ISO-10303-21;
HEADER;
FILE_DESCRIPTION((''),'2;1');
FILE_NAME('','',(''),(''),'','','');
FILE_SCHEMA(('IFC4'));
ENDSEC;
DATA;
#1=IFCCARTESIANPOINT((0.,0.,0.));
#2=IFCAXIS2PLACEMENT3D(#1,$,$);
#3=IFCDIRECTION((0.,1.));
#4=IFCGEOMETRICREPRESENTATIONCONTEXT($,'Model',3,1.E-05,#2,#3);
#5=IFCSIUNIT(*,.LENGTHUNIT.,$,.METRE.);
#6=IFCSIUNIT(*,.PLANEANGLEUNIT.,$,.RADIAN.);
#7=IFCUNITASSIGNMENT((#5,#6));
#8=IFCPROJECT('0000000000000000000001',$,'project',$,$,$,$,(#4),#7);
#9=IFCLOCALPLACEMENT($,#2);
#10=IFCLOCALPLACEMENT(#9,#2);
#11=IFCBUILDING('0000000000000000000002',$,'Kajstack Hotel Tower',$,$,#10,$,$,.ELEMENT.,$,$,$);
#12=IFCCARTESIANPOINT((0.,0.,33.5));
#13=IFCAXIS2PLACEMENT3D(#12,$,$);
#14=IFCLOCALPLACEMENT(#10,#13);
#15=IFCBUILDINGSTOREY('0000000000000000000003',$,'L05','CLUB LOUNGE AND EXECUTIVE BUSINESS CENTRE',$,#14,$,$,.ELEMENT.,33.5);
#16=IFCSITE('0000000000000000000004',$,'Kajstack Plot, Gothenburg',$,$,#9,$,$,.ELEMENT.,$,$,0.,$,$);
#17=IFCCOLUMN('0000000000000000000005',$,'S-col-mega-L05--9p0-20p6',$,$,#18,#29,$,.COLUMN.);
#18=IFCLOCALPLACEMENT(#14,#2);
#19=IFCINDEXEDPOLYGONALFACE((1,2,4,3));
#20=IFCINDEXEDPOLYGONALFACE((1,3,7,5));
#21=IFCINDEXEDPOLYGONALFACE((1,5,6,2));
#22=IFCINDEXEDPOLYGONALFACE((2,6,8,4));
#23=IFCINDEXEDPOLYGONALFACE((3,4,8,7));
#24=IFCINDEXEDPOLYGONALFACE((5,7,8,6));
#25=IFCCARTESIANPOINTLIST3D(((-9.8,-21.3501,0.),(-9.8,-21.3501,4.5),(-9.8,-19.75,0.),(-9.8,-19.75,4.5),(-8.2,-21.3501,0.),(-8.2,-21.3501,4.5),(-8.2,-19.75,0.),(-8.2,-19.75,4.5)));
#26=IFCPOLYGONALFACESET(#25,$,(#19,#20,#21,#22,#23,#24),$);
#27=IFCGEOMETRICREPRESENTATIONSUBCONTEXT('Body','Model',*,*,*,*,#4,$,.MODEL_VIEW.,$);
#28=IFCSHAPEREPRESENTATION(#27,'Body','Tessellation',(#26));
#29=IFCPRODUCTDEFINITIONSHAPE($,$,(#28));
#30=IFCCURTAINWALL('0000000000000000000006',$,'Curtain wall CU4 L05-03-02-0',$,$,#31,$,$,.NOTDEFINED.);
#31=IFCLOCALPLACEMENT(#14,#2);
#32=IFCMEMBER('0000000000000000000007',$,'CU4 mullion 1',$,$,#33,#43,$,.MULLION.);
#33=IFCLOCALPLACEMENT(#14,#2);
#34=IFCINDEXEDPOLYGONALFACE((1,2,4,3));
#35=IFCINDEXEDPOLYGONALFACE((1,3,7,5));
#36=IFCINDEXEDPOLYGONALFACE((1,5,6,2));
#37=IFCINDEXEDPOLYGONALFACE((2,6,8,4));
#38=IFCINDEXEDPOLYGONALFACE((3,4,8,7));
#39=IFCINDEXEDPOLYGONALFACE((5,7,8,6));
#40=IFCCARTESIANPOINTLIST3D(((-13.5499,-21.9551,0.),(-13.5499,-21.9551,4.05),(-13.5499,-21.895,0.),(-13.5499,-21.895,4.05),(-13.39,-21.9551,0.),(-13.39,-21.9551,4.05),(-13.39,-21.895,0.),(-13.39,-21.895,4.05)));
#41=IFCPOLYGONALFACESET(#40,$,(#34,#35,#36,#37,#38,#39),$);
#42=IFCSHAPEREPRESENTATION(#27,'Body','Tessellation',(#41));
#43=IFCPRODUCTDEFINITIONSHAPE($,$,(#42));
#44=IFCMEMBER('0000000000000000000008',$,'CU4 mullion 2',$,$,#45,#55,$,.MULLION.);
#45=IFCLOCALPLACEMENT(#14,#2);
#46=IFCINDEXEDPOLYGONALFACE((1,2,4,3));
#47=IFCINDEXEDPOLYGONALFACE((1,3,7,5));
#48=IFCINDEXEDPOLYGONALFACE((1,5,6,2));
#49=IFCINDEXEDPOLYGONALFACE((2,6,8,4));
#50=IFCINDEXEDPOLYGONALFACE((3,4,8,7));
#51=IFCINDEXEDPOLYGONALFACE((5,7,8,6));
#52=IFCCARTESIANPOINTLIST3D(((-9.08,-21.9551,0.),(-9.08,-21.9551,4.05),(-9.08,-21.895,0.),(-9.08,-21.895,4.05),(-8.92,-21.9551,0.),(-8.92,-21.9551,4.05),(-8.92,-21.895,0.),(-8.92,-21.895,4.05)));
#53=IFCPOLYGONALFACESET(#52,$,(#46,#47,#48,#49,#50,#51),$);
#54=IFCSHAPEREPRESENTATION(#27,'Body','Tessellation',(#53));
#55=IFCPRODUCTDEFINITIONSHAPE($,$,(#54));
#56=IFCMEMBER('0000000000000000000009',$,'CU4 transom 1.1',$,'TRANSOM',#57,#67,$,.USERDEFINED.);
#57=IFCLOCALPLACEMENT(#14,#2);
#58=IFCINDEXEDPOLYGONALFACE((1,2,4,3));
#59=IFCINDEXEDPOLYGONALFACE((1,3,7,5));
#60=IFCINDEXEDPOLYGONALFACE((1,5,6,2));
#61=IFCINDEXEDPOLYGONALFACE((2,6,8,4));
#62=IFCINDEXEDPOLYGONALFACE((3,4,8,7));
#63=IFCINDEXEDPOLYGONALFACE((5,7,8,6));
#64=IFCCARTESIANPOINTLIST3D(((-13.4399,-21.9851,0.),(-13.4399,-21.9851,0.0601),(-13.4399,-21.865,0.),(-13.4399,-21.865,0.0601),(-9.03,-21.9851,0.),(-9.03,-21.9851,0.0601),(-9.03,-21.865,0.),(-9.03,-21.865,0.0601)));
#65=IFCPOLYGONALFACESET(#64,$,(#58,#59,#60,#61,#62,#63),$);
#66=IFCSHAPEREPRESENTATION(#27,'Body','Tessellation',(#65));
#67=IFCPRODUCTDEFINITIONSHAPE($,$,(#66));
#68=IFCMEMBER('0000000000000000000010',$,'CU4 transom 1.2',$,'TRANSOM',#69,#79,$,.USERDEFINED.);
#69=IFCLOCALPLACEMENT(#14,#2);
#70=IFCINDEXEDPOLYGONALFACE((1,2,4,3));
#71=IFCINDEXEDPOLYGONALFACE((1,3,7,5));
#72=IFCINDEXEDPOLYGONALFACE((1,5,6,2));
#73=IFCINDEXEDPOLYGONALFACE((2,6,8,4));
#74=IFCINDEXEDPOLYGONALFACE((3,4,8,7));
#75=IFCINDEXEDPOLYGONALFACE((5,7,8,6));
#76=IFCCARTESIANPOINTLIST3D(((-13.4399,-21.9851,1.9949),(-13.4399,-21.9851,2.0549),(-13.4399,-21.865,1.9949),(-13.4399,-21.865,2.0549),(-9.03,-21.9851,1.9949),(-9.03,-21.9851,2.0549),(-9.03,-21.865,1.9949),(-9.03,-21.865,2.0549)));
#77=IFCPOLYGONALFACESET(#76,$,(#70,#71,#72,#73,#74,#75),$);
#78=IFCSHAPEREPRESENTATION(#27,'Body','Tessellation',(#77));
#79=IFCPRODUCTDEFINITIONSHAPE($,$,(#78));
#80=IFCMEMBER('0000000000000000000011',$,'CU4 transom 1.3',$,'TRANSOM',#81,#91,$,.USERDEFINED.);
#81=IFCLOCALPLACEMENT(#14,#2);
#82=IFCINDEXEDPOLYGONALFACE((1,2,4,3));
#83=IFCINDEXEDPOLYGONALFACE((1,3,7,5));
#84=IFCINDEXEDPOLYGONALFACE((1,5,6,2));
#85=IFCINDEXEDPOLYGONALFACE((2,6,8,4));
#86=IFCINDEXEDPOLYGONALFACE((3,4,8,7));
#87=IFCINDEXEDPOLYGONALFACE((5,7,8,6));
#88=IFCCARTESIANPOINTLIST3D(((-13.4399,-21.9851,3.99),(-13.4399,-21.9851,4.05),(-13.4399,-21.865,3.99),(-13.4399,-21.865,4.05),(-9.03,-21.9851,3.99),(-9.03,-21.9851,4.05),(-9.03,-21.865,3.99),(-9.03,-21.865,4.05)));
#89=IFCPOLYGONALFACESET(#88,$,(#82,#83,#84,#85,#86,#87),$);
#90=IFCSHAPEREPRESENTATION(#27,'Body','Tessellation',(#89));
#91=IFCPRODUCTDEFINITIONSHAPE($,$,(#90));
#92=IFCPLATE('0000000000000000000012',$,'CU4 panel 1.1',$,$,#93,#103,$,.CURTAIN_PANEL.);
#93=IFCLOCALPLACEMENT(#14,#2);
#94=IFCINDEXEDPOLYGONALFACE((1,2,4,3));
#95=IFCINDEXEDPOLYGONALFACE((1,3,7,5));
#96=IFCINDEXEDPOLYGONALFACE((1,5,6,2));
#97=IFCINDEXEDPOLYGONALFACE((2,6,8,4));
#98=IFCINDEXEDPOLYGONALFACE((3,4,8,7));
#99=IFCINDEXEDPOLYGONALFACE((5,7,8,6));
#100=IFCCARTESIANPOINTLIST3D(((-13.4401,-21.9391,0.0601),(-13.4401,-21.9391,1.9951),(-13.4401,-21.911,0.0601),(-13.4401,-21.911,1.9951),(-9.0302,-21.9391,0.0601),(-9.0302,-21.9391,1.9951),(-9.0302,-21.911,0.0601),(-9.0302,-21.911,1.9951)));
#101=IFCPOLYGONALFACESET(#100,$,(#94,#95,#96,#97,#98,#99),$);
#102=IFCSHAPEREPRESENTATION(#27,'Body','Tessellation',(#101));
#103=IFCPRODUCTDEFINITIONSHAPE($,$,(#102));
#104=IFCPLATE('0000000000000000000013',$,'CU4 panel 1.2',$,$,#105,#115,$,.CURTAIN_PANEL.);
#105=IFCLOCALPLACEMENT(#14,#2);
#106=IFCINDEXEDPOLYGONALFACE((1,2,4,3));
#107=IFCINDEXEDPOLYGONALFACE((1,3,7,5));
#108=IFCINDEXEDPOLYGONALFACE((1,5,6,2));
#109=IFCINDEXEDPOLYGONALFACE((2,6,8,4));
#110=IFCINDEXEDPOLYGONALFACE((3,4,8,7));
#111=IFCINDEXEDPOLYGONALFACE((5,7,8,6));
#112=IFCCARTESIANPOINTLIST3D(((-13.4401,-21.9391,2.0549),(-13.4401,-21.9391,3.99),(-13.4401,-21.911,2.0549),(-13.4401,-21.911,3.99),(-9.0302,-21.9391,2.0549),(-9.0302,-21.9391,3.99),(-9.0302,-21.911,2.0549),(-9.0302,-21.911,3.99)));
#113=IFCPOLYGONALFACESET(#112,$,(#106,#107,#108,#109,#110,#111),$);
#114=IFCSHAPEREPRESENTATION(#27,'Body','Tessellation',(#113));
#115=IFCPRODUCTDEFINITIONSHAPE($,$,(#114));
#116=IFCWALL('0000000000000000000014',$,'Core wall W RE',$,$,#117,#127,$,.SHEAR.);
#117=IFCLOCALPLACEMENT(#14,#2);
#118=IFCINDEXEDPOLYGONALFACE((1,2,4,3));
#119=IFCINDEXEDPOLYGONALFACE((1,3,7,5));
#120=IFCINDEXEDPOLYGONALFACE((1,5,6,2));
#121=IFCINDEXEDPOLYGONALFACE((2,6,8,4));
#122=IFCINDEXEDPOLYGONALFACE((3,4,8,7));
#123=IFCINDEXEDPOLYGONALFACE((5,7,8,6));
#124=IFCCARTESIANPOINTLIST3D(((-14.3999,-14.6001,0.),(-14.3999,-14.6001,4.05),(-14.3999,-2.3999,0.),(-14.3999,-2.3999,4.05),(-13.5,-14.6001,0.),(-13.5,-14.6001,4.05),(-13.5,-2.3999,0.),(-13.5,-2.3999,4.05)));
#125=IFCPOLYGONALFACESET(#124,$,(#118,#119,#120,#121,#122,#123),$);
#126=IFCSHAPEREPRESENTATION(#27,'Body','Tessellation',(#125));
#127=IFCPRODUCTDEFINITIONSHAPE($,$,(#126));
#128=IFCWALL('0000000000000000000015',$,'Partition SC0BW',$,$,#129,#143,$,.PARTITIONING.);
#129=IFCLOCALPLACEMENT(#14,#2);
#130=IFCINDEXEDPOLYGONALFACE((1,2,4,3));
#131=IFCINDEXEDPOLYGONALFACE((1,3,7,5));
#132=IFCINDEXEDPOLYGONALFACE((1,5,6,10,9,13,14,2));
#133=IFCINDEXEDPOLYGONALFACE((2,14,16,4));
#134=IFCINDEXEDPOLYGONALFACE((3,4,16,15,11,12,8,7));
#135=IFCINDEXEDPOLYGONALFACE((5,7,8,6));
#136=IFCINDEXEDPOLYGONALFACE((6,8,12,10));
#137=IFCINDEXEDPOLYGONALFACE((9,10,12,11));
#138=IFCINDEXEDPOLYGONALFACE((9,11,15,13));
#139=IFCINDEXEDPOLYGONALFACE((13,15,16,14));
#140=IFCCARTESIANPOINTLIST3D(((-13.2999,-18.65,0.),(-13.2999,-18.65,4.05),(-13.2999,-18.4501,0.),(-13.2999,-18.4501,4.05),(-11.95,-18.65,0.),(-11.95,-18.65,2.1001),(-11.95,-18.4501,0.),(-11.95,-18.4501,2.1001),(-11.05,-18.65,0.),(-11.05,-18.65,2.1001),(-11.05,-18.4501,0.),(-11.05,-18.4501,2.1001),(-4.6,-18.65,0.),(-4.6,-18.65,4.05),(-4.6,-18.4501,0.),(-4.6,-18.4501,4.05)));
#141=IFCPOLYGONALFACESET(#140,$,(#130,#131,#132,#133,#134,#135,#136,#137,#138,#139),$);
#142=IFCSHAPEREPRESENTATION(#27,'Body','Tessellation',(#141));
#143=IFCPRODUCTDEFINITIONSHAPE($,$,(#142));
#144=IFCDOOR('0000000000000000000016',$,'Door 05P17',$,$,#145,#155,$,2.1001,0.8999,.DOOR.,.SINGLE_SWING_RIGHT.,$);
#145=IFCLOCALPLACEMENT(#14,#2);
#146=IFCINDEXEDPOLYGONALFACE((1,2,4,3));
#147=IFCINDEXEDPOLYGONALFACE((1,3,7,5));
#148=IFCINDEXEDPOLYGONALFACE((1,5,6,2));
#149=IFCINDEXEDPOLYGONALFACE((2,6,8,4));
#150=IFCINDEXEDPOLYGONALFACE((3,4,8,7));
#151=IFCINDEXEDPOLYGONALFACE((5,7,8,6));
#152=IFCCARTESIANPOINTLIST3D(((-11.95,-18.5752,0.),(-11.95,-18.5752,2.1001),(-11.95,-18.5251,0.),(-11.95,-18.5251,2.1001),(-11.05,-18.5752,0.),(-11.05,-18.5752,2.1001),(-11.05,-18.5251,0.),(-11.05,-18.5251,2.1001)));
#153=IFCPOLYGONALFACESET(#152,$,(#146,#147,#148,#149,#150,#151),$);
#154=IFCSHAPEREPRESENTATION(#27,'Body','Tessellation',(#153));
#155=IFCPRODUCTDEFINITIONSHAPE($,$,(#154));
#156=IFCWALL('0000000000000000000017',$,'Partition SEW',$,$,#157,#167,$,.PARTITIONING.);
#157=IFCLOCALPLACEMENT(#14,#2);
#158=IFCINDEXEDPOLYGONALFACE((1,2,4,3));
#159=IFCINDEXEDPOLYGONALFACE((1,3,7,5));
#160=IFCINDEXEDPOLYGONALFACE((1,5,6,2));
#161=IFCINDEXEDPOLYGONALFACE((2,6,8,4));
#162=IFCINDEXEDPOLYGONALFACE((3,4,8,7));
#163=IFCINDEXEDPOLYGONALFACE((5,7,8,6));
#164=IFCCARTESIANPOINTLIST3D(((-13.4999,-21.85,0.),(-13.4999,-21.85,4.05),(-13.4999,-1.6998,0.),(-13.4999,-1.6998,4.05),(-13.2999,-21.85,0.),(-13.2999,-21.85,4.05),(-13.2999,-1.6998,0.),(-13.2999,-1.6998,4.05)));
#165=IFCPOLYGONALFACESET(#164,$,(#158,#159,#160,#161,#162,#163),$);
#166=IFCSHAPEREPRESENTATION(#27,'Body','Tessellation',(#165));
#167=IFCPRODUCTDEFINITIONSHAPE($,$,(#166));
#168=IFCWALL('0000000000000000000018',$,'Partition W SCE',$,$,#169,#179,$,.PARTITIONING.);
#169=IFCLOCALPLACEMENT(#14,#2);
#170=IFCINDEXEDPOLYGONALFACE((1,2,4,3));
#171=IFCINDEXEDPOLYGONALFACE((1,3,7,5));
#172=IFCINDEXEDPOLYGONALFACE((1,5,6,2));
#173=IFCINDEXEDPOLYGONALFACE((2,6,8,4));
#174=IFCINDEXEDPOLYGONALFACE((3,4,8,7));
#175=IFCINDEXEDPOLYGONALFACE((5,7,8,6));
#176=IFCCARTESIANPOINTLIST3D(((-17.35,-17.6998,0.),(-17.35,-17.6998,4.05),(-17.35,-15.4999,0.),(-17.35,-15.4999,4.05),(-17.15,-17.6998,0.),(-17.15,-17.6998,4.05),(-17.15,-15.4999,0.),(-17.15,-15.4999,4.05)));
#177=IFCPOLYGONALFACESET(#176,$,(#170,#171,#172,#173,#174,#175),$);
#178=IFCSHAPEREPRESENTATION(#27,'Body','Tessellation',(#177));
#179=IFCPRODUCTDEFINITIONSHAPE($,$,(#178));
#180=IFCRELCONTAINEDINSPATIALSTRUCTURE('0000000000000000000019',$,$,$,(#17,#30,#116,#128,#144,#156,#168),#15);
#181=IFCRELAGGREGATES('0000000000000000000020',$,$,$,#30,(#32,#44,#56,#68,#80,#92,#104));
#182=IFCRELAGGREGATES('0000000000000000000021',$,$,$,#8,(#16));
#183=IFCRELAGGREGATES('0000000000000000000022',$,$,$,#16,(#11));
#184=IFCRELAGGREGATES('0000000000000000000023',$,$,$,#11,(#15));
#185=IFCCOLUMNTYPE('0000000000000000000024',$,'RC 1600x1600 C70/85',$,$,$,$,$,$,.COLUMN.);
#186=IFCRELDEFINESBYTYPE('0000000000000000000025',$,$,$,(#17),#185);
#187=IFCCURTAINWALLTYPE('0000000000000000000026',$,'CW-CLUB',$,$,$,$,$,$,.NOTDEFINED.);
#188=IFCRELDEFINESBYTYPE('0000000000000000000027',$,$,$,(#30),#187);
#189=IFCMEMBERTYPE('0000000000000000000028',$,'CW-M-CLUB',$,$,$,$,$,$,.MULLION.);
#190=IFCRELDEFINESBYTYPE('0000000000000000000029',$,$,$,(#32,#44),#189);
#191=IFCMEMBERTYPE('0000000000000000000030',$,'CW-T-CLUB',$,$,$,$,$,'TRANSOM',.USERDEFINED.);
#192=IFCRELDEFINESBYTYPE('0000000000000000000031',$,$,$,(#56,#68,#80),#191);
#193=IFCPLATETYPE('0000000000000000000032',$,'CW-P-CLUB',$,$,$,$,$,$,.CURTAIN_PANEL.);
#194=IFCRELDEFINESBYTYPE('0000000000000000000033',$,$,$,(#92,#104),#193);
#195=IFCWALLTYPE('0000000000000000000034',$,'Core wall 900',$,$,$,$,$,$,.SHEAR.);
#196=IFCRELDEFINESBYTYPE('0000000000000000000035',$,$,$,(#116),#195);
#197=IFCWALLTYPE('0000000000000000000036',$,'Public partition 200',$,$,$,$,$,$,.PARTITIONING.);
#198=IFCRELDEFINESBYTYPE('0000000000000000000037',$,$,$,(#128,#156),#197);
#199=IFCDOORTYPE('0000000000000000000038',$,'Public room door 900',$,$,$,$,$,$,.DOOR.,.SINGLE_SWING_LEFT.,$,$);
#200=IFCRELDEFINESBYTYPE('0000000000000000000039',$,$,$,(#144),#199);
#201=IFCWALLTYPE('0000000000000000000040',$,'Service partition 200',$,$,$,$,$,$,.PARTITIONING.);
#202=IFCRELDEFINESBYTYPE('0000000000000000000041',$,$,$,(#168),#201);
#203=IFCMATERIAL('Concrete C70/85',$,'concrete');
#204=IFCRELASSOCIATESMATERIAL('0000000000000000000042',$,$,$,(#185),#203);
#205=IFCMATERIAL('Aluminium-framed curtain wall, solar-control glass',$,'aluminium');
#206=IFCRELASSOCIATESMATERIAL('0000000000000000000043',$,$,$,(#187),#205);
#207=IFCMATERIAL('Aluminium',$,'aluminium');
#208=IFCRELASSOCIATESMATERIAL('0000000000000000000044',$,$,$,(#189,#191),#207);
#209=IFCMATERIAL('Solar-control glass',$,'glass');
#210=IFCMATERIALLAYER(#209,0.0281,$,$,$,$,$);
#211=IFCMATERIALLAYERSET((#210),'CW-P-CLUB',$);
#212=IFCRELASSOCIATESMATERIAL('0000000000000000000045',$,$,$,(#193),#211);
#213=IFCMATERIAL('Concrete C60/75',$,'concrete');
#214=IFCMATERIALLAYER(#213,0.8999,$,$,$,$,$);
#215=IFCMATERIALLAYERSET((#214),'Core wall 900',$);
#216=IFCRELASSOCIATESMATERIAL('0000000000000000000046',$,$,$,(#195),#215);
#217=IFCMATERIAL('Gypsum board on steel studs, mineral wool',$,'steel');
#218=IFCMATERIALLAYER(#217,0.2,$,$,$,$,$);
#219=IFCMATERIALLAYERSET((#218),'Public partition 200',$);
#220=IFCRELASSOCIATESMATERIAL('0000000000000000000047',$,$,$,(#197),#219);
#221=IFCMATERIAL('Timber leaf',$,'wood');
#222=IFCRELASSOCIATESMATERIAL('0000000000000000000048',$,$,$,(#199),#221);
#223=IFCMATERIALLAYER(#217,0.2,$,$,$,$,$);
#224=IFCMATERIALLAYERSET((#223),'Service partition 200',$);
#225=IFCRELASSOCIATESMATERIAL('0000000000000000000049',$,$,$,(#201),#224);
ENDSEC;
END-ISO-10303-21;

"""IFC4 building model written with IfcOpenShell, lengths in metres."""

from ifc_helpers import new_model, si_unit, direction, frame, frame_2d, origin, origin_2d, place, context, subcontext, project, spatial, rectangle, extrude, material, layer, layer_set, material_profile, profile_set, type_object, element, fill, aggregate, save


model = new_model("IFC4")

# Units and contexts
model_context = context("Model", 3, precision=1e-05, world=origin(), true_north=direction((0.0, 1.0)))
body_context = subcontext(model_context, "Body", "Model", "MODEL_VIEW")
ifc_project = project(units=[si_unit("LENGTHUNIT", "METRE"), si_unit("PLANEANGLEUNIT", "RADIAN")], contexts=[model_context])

# Site, building, storey
site_placement = place(None, origin())
site = spatial("IfcSite", under=ifc_project, at=site_placement, Name="Kajstack Plot, Gothenburg", CompositionType="ELEMENT", RefElevation=0.0)
building_placement = place(site_placement, origin())
building = spatial("IfcBuilding", under=site, at=building_placement, Name="Kajstack Hotel Tower", CompositionType="ELEMENT")
storey_placement = place(building_placement, frame((0.0, 0.0, 33.5)))
storey = spatial("IfcBuildingStorey", under=building, at=storey_placement, Name="L05", Description="CLUB LOUNGE AND EXECUTIVE BUSINESS CENTRE", CompositionType="ELEMENT", Elevation=33.5)

# Column
ifc_material_1 = material(Name="Concrete C70/85", Category="concrete")
ifc_material_profile_1 = material_profile(ifc_material_1, rectangle(XDim=1.6001, YDim=1.6001, at=origin_2d()), Name="RC 1600x1600")
ifc_profile_set_1 = profile_set([ifc_material_profile_1], Name="Concrete C70/85")
column_type = type_object("IfcColumnType", Name="RC 1600x1600 C70/85", PredefinedType="COLUMN", material=ifc_profile_set_1)
column_placement = place(storey_placement, frame((-9.0, -20.55, 0.0), z_axis=(0.0, 0.0, 1.0), x_axis=(1.0, 0.0, 0.0)))
element("IfcColumn", 1, at=column_placement, inside=storey, type_object=column_type, Name="S-col-mega-L05--9p0-20p6", PredefinedType="COLUMN", context=body_context, shape_type="SweptSolid", body=[
    extrude(rectangle(XDim=1.6001, YDim=1.6001, at=origin_2d()), origin(), (0.0, 0.0, 1.0), 4.5),
])

# Curtain wall, members, plates
ifc_material_2 = material(Name="Aluminium-framed curtain wall, solar-control glass", Category="aluminium")
curtain_wall_type = type_object("IfcCurtainWallType", Name="CW-CLUB", PredefinedType="NOTDEFINED", material=ifc_material_2)
curtain_wall_placement = place(storey_placement, origin())
curtain_wall = element("IfcCurtainWall", 2, at=curtain_wall_placement, inside=storey, type_object=curtain_wall_type, Name="Curtain wall CU4 L05-03-02-0", PredefinedType="NOTDEFINED")
ifc_material_3 = material(Name="Aluminium", Category="aluminium")
ifc_material_profile_2 = material_profile(ifc_material_3, rectangle(XDim=0.0601, YDim=0.1599, at=origin_2d()), Name="Aluminium mullion 60 x 160")
ifc_profile_set_2 = profile_set([ifc_material_profile_2], Name="Aluminium")
member_type_1 = type_object("IfcMemberType", Name="CW-M-CLUB", PredefinedType="MULLION", material=ifc_profile_set_2)
member_1_placement = place(storey_placement, frame((-13.47, -21.925, 0.0), z_axis=(0.0, 0.0, 1.0), x_axis=(0.0, 1.0, 0.0)))
member_1 = element("IfcMember", 3, at=member_1_placement, type_object=member_type_1, Name="CU4 mullion 1", PredefinedType="MULLION", context=body_context, shape_type="SweptSolid", body=[
    extrude(rectangle(XDim=0.0601, YDim=0.1599, at=origin_2d()), origin(), (0.0, 0.0, 1.0), 4.05),
])
member_2_placement = place(storey_placement, frame((-9.0, -21.925, 0.0), z_axis=(0.0, 0.0, 1.0), x_axis=(0.0, 1.0, 0.0)))
member_2 = element("IfcMember", 4, at=member_2_placement, type_object=member_type_1, Name="CU4 mullion 2", PredefinedType="MULLION", context=body_context, shape_type="SweptSolid", body=[
    extrude(rectangle(XDim=0.0601, YDim=0.1599, at=origin_2d()), origin(), (0.0, 0.0, 1.0), 4.05),
])
ifc_material_profile_3 = material_profile(ifc_material_3, rectangle(XDim=0.1201, YDim=0.0601, at=origin_2d()), Name="Aluminium transom 120 x 60")
ifc_profile_set_3 = profile_set([ifc_material_profile_3], Name="Aluminium")
member_type_2 = type_object("IfcMemberType", Name="CW-T-CLUB", ElementType="TRANSOM", PredefinedType="USERDEFINED", material=ifc_profile_set_3)
member_3_placement = place(storey_placement, frame((-13.4399, -21.925, 0.03), z_axis=(1.0, 0.0, 0.0), x_axis=(0.0, 1.0, 0.0)))
member_3 = element("IfcMember", 5, at=member_3_placement, type_object=member_type_2, Name="CU4 transom 1.1", ObjectType="TRANSOM", PredefinedType="USERDEFINED", context=body_context, shape_type="SweptSolid", body=[
    extrude(rectangle(XDim=0.1201, YDim=0.0601, at=origin_2d()), origin(), (0.0, 0.0, 1.0), 4.4099),
])
member_4_placement = place(storey_placement, frame((-13.4399, -21.925, 2.0249), z_axis=(1.0, 0.0, 0.0), x_axis=(0.0, 1.0, 0.0)))
member_4 = element("IfcMember", 6, at=member_4_placement, type_object=member_type_2, Name="CU4 transom 1.2", ObjectType="TRANSOM", PredefinedType="USERDEFINED", context=body_context, shape_type="SweptSolid", body=[
    extrude(rectangle(XDim=0.1201, YDim=0.0601, at=origin_2d()), origin(), (0.0, 0.0, 1.0), 4.4099),
])
member_5_placement = place(storey_placement, frame((-13.4399, -21.925, 4.02), z_axis=(1.0, 0.0, 0.0), x_axis=(0.0, 1.0, 0.0)))
member_5 = element("IfcMember", 7, at=member_5_placement, type_object=member_type_2, Name="CU4 transom 1.3", ObjectType="TRANSOM", PredefinedType="USERDEFINED", context=body_context, shape_type="SweptSolid", body=[
    extrude(rectangle(XDim=0.1201, YDim=0.0601, at=origin_2d()), origin(), (0.0, 0.0, 1.0), 4.4099),
])
ifc_material_4 = material(Name="Solar-control glass", Category="glass")
ifc_layer_1 = layer(ifc_material_4, 0.0281)
ifc_layer_set_1 = layer_set([ifc_layer_1], Name="CW-P-CLUB")
plate_type = type_object("IfcPlateType", Name="CW-P-CLUB", PredefinedType="CURTAIN_PANEL", material=ifc_layer_set_1)
plate_1_placement = place(storey_placement, frame((-11.2351, -21.925, 0.0601), z_axis=(0.0, 0.0, 1.0), x_axis=(1.0, 0.0, 0.0)))
plate_1 = element("IfcPlate", 8, at=plate_1_placement, type_object=plate_type, Name="CU4 panel 1.1", PredefinedType="CURTAIN_PANEL", context=body_context, shape_type="SweptSolid", body=[
    extrude(rectangle(XDim=4.4099, YDim=0.0281, at=origin_2d()), origin(), (0.0, 0.0, 1.0), 1.9351),
])
plate_2_placement = place(storey_placement, frame((-11.2351, -21.925, 2.0549), z_axis=(0.0, 0.0, 1.0), x_axis=(1.0, 0.0, 0.0)))
plate_2 = element("IfcPlate", 9, at=plate_2_placement, type_object=plate_type, Name="CU4 panel 1.2", PredefinedType="CURTAIN_PANEL", context=body_context, shape_type="SweptSolid", body=[
    extrude(rectangle(XDim=4.4099, YDim=0.0281, at=origin_2d()), origin(), (0.0, 0.0, 1.0), 1.9351),
])
aggregate(curtain_wall, [member_1, member_2, member_3, member_4, member_5, plate_1, plate_2])

# Wall
ifc_material_5 = material(Name="Concrete C60/75", Category="concrete")
ifc_layer_2 = layer(ifc_material_5, 0.8999)
ifc_layer_set_2 = layer_set([ifc_layer_2], Name="Core wall 900")
wall_type_1 = type_object("IfcWallType", Name="Core wall 900", PredefinedType="SHEAR", material=ifc_layer_set_2)
wall_1_placement = place(storey_placement, frame((-13.95, -14.6001, 0.0), z_axis=(0.0, 0.0, 1.0), x_axis=(0.0, 1.0, 0.0)))
element("IfcWall", 10, at=wall_1_placement, inside=storey, type_object=wall_type_1, Name="Core wall W RE", PredefinedType="SHEAR", context=body_context, shape_type="SweptSolid", body=[
    extrude(rectangle(XDim=12.2002, YDim=0.8999, at=frame_2d((6.1001, 0.0))), origin(), (0.0, 0.0, 1.0), 4.05),
])

# Wall, opening, door
ifc_material_6 = material(Name="Gypsum board on steel studs, mineral wool", Category="steel")
ifc_layer_3 = layer(ifc_material_6, 0.2)
ifc_layer_set_3 = layer_set([ifc_layer_3], Name="Public partition 200")
wall_type_2 = type_object("IfcWallType", Name="Public partition 200", PredefinedType="PARTITIONING", material=ifc_layer_set_3)
wall_2_placement = place(storey_placement, frame((-13.3, -18.55, 0.0), z_axis=(0.0, 0.0, 1.0), x_axis=(1.0, 0.0, 0.0)))
wall_2 = element("IfcWall", 11, at=wall_2_placement, inside=storey, type_object=wall_type_2, Name="Partition SC0BW", PredefinedType="PARTITIONING", context=body_context, shape_type="SweptSolid", body=[
    extrude(rectangle(XDim=8.7, YDim=0.2, at=frame_2d((4.3501, 0.0))), origin(), (0.0, 0.0, 1.0), 4.05),
])
opening_placement = place(wall_2_placement, frame((1.3501, 0.0, 0.0)))
opening = element("IfcOpeningElement", 12, at=opening_placement, cuts=wall_2, PredefinedType="OPENING", context=body_context, shape_type="SweptSolid", body=[
    extrude(rectangle(XDim=0.8999, YDim=2.1001, at=frame_2d((0.45, 1.05))), frame((0.0, 0.1099, 0.0), z_axis=(0.0, -1.0, 0.0), x_axis=(1.0, 0.0, 0.0)), (0.0, 0.0, 1.0), 0.22),
])
ifc_material_7 = material(Name="Timber leaf", Category="wood")
door_type = type_object("IfcDoorType", Name="Public room door 900", OperationType="SINGLE_SWING_LEFT", PredefinedType="DOOR", material=ifc_material_7)
door_placement = place(opening_placement, origin())
door = element("IfcDoor", 13, at=door_placement, inside=storey, type_object=door_type, Name="Door 05P17", OperationType="SINGLE_SWING_RIGHT", OverallHeight=2.1001, OverallWidth=0.8999, PredefinedType="DOOR", context=body_context, shape_type="SweptSolid", body=[
    extrude(rectangle(XDim=0.8999, YDim=2.1001, at=frame_2d((0.45, 1.05))), frame((0.0, 0.0249, 0.0), z_axis=(0.0, -1.0, 0.0), x_axis=(1.0, 0.0, 0.0)), (0.0, 0.0, 1.0), 0.05),
])
fill(opening, door)

# Walls
wall_3_placement = place(storey_placement, frame((-13.3999, -21.8501, 0.0), z_axis=(0.0, 0.0, 1.0), x_axis=(0.0, 1.0, 0.0)))
element("IfcWall", 14, at=wall_3_placement, inside=storey, type_object=wall_type_2, Name="Partition SEW", PredefinedType="PARTITIONING", context=body_context, shape_type="SweptSolid", body=[
    extrude(rectangle(XDim=20.1501, YDim=0.2, at=frame_2d((10.0752, 0.0))), origin(), (0.0, 0.0, 1.0), 4.05),
])
ifc_layer_4 = layer(ifc_material_6, 0.2)
ifc_layer_set_4 = layer_set([ifc_layer_4], Name="Service partition 200")
wall_type_3 = type_object("IfcWallType", Name="Service partition 200", PredefinedType="PARTITIONING", material=ifc_layer_set_4)
wall_4_placement = place(storey_placement, frame((-17.25, -17.7, 0.0), z_axis=(0.0, 0.0, 1.0), x_axis=(0.0, 1.0, 0.0)))
element("IfcWall", 15, at=wall_4_placement, inside=storey, type_object=wall_type_3, Name="Partition W SCE", PredefinedType="PARTITIONING", context=body_context, shape_type="SweptSolid", body=[
    extrude(rectangle(XDim=2.2, YDim=0.2, at=frame_2d((1.1001, 0.0))), origin(), (0.0, 0.0, 1.0), 4.05),
])

save(model, "model.ifc")
